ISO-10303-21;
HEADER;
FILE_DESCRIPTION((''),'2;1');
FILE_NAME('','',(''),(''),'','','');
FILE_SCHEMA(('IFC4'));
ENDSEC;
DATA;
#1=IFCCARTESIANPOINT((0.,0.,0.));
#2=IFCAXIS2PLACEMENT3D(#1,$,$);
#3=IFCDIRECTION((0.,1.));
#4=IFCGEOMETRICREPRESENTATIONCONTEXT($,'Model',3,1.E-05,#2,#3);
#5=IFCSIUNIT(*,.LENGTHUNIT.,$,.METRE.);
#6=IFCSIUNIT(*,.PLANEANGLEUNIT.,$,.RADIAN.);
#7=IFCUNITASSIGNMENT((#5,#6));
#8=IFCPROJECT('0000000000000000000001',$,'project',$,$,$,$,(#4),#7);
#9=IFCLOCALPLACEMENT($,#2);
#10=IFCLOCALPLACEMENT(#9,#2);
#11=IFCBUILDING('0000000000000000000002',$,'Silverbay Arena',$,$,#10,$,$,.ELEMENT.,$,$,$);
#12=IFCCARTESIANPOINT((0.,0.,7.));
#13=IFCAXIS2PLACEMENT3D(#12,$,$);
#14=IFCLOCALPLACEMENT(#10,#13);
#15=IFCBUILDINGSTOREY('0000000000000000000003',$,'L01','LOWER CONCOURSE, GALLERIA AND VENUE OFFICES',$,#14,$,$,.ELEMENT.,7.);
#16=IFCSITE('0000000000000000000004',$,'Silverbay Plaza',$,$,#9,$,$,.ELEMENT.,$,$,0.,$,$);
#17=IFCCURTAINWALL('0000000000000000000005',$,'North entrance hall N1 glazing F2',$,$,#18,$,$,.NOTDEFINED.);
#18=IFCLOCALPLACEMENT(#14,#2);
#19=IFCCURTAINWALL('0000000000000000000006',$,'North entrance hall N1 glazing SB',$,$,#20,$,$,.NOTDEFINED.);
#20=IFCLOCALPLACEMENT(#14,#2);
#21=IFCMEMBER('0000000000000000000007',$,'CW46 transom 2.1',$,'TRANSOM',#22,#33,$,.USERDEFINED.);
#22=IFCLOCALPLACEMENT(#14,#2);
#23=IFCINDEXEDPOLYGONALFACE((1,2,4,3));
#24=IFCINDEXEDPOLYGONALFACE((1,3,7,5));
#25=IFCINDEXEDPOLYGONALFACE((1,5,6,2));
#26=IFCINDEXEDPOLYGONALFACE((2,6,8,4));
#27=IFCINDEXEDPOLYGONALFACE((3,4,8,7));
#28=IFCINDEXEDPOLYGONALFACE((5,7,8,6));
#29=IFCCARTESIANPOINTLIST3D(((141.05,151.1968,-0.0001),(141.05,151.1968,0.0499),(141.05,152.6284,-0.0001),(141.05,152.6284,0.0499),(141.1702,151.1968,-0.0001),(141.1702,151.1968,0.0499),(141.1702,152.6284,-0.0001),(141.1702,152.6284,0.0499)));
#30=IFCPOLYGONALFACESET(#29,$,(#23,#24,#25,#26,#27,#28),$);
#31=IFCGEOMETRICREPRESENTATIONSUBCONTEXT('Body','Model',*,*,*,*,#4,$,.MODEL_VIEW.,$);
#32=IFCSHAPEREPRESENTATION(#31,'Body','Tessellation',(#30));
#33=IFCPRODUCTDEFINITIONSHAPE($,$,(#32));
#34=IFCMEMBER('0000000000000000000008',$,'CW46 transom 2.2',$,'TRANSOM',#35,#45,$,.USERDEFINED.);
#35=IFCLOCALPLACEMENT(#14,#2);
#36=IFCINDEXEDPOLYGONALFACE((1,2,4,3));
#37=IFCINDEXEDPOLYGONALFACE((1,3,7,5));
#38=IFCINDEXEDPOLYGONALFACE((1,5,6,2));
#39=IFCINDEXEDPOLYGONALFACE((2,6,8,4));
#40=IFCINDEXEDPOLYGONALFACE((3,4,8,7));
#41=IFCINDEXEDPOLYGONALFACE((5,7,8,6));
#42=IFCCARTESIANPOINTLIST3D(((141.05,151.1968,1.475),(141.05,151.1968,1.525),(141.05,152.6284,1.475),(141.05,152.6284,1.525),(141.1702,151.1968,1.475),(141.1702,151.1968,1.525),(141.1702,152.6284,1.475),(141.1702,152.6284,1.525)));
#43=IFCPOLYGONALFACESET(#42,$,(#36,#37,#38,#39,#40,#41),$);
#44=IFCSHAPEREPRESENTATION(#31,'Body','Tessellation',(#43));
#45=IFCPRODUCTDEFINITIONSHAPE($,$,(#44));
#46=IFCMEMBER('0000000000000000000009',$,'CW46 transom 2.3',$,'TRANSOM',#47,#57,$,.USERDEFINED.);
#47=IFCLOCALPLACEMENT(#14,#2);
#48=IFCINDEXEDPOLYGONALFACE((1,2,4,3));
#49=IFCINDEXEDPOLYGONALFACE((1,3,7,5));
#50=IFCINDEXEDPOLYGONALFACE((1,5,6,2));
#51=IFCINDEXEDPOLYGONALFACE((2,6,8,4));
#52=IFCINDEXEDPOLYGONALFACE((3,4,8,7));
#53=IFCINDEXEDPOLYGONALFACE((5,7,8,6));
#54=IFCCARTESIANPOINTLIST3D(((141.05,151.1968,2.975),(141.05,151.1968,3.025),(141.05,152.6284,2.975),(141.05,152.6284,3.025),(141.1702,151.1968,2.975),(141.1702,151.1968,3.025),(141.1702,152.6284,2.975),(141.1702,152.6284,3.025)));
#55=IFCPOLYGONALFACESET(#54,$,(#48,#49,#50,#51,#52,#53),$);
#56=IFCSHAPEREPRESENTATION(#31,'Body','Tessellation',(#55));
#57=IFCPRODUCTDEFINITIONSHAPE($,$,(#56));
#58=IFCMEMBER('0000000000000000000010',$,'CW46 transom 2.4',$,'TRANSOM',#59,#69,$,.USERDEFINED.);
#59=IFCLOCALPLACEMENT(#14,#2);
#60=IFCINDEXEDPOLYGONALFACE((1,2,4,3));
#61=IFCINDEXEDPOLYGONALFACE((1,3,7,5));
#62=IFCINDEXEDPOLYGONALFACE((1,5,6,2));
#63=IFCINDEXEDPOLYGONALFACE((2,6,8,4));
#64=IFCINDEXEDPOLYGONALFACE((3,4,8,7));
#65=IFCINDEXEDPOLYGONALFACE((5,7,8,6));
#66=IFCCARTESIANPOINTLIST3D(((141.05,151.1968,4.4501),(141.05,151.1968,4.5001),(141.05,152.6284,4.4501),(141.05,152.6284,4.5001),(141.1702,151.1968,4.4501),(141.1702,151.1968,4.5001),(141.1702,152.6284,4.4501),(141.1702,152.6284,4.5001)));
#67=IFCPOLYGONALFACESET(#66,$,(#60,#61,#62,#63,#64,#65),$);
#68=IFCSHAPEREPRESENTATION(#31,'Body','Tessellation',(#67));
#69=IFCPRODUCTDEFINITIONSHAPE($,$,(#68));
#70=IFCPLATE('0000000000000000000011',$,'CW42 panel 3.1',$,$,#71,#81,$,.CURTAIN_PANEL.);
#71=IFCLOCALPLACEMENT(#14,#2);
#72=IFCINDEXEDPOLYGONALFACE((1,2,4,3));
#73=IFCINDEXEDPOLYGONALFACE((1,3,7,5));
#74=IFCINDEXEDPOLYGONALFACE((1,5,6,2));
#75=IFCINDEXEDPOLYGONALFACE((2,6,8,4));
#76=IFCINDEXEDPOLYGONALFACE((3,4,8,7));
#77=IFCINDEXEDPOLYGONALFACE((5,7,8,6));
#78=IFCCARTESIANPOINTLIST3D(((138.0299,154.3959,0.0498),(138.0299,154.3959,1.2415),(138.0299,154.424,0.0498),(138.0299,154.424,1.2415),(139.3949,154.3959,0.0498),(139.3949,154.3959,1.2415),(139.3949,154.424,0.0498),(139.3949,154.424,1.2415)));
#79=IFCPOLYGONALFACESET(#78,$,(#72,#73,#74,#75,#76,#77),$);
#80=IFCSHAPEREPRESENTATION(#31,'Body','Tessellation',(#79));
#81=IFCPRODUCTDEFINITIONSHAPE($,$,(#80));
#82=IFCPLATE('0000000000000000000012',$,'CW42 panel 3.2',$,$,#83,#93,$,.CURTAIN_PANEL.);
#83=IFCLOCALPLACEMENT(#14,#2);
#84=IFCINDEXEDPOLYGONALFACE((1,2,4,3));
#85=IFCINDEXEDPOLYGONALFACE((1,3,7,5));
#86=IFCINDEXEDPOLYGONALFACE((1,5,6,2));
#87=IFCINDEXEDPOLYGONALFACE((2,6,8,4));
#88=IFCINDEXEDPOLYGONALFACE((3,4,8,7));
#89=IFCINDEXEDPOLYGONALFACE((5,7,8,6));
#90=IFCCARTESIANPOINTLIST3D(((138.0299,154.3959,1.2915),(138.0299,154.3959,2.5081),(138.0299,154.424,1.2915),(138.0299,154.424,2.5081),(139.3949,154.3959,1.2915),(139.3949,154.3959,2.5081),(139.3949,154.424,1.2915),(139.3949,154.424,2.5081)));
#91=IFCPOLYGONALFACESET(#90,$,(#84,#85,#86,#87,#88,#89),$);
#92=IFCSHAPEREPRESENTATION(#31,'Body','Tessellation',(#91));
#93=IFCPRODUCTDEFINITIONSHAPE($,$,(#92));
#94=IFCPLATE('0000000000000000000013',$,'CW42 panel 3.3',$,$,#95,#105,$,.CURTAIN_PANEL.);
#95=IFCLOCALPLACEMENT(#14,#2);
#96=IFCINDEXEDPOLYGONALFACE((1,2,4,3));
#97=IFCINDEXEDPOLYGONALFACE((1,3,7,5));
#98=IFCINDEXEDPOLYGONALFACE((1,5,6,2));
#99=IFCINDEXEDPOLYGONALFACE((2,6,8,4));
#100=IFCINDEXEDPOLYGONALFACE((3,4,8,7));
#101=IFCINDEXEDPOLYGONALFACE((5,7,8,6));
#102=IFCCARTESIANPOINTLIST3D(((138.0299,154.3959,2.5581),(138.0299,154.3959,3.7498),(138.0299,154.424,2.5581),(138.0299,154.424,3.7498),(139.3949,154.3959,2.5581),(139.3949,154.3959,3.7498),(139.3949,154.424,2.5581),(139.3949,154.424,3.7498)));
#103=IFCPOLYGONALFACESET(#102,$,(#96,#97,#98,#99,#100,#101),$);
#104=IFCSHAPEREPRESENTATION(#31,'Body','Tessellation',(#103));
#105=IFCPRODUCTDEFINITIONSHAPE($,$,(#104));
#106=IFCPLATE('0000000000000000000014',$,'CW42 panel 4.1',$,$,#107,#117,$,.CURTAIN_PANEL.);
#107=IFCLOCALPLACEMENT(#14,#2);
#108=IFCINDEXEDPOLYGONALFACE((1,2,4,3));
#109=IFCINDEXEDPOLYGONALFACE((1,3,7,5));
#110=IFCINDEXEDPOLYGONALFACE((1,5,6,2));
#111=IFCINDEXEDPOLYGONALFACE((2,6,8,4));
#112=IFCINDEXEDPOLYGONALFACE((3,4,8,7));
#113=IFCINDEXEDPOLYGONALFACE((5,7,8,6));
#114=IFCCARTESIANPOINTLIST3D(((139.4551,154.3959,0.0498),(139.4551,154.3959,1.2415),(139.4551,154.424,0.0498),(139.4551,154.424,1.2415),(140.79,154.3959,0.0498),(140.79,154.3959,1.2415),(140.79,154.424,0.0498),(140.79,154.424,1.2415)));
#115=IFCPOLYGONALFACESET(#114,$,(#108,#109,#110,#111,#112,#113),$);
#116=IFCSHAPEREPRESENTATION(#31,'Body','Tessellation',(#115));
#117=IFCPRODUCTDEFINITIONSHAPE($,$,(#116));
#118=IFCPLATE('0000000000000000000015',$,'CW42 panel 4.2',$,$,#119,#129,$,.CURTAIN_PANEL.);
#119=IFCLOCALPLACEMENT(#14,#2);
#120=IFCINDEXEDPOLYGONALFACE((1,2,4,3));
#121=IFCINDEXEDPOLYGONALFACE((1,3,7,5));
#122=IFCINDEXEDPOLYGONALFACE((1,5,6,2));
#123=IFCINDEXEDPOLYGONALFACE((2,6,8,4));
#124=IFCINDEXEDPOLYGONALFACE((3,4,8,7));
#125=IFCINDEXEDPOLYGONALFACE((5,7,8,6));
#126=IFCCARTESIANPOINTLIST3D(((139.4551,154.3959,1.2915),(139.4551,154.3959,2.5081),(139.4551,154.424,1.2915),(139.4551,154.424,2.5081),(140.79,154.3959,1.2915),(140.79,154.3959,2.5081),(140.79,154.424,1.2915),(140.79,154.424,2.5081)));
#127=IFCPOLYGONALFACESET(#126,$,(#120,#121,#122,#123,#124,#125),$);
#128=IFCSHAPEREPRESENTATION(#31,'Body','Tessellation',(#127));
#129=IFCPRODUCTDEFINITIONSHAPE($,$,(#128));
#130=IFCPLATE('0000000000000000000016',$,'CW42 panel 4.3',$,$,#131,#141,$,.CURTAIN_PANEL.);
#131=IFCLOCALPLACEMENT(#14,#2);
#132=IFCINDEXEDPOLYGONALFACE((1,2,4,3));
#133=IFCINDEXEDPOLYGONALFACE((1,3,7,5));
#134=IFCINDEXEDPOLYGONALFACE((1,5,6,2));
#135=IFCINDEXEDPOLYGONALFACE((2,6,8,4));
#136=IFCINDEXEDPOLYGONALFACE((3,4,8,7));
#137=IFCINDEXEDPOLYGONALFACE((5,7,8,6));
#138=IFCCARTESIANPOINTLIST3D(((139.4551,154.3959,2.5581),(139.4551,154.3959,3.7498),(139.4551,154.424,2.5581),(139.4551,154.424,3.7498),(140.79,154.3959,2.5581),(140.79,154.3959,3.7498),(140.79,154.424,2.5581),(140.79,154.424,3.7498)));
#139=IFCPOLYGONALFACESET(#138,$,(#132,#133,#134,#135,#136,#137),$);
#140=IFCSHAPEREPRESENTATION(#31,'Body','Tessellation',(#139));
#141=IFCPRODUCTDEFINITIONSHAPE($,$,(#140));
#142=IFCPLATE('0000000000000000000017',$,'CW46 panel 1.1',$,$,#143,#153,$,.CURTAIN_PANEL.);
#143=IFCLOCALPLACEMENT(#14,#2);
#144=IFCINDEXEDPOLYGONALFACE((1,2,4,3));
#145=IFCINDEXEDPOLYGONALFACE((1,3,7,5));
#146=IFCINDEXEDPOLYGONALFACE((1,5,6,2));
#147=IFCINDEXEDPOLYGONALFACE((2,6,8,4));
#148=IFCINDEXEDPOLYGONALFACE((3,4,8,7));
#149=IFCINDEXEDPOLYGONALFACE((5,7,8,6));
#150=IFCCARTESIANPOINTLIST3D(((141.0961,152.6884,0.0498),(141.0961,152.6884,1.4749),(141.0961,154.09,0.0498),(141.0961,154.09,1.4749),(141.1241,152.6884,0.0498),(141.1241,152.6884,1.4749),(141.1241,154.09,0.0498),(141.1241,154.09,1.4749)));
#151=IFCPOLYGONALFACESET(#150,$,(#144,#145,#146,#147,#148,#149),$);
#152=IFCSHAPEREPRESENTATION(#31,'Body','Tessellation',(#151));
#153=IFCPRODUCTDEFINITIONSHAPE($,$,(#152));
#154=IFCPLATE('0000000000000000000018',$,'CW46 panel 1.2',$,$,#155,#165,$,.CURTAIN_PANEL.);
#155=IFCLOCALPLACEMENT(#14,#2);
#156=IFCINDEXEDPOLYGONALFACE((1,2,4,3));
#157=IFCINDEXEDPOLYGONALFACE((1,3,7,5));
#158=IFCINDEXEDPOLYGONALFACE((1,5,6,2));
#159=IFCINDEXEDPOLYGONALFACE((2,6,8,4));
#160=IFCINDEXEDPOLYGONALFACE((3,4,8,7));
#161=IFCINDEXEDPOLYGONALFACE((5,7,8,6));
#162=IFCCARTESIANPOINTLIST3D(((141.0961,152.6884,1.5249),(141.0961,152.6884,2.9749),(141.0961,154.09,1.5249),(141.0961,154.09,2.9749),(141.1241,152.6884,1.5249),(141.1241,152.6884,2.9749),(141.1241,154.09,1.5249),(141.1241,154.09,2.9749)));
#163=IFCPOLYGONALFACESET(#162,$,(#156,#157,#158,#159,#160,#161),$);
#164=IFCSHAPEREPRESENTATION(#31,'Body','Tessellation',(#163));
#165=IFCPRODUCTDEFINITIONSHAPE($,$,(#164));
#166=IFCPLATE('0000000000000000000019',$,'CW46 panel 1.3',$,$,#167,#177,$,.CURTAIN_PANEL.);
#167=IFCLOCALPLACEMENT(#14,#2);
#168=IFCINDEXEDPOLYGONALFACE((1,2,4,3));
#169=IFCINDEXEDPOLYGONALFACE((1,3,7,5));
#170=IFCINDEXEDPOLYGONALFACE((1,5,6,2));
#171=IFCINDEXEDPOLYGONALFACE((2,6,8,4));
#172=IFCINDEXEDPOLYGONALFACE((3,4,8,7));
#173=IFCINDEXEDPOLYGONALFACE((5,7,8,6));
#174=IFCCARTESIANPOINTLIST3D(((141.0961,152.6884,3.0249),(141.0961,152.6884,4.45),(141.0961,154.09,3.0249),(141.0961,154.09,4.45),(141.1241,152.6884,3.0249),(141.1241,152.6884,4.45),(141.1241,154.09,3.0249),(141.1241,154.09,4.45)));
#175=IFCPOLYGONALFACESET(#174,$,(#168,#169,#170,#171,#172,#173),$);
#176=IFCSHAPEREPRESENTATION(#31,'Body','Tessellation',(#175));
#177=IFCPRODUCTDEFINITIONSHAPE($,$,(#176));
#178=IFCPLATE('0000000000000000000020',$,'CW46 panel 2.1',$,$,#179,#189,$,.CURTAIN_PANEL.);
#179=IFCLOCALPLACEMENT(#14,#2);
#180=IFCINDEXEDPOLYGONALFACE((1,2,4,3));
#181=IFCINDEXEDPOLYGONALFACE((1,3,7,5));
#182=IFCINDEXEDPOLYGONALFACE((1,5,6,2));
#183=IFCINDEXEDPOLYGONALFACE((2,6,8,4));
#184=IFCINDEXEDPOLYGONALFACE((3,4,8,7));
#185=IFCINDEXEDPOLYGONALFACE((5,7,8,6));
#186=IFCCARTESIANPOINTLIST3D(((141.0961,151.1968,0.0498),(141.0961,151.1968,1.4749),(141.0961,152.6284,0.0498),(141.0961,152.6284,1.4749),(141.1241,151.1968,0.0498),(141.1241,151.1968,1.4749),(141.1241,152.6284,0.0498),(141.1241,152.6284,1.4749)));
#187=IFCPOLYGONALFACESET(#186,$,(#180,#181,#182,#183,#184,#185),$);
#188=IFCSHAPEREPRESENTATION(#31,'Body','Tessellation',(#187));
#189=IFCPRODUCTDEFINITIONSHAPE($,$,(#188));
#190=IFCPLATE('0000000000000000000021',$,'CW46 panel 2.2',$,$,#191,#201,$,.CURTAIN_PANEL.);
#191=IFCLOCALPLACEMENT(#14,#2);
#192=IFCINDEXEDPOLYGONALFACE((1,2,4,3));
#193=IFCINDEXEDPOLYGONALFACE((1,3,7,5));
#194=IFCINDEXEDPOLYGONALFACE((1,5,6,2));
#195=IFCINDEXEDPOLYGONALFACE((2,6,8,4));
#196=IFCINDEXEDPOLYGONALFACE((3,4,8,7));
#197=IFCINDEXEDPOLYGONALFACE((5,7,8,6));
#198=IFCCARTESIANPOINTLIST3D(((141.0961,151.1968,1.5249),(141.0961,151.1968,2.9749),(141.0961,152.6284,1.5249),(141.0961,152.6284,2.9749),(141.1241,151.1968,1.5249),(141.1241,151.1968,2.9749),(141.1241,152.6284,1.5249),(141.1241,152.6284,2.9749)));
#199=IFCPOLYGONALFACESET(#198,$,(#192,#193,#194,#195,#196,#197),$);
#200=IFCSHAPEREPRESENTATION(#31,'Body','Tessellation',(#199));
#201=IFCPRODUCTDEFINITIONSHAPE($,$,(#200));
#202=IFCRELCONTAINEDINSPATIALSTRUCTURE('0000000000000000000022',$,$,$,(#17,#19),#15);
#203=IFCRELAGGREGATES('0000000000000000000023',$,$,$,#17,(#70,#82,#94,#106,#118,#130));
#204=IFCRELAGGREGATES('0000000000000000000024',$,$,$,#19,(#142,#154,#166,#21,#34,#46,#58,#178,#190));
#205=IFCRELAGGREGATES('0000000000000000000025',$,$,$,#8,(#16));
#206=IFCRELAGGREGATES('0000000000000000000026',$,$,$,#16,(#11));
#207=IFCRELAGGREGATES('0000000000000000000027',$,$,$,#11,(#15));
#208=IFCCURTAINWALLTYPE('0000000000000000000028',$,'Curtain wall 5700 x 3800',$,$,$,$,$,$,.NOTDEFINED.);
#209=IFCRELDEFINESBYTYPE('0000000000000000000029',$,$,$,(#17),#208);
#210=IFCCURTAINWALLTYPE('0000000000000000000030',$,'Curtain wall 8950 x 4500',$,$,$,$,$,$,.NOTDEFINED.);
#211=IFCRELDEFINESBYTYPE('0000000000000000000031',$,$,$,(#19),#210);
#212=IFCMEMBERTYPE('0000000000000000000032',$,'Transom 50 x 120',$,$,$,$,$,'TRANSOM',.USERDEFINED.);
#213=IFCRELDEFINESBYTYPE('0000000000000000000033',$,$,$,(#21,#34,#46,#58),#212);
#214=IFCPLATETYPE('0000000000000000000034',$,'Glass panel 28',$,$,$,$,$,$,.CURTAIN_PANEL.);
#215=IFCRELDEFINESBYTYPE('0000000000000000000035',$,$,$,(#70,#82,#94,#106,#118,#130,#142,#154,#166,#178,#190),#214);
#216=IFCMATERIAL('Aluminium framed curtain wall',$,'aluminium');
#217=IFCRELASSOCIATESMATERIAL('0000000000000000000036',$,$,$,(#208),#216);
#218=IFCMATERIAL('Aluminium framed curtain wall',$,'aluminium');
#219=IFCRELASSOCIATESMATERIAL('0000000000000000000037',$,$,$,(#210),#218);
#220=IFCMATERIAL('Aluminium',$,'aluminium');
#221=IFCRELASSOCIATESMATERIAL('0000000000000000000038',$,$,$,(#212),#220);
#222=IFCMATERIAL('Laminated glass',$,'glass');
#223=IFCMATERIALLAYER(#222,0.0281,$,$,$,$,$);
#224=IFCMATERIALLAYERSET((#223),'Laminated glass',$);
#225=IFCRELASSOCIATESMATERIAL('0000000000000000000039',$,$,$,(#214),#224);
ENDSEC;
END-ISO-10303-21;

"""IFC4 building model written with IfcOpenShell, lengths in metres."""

from ifc_helpers import new_model, si_unit, direction, frame, origin, origin_2d, place, context, subcontext, project, spatial, rectangle, extrude, material, layer, layer_set, material_profile, profile_set, type_object, element, aggregate, save


model = new_model("IFC4")

# Units and contexts
model_context = context("Model", 3, precision=1e-05, world=origin(), true_north=direction((0.0, 1.0)))
body_context = subcontext(model_context, "Body", "Model", "MODEL_VIEW")
ifc_project = project(units=[si_unit("LENGTHUNIT", "METRE"), si_unit("PLANEANGLEUNIT", "RADIAN")], contexts=[model_context])

# Site, building, storey
site_placement = place(None, origin())
site = spatial("IfcSite", under=ifc_project, at=site_placement, Name="Silverbay Plaza", CompositionType="ELEMENT", RefElevation=0.0)
building_placement = place(site_placement, origin())
building = spatial("IfcBuilding", under=site, at=building_placement, Name="Silverbay Arena", CompositionType="ELEMENT")
storey_placement = place(building_placement, frame((0.0, 0.0, 7.0)))
storey = spatial("IfcBuildingStorey", under=building, at=storey_placement, Name="L01", Description="LOWER CONCOURSE, GALLERIA AND VENUE OFFICES", CompositionType="ELEMENT", Elevation=7.0)

# Curtain walls
ifc_material_1 = material(Name="Aluminium framed curtain wall", Category="aluminium")
curtain_wall_type_1 = type_object("IfcCurtainWallType", Name="Curtain wall 5700 x 3800", PredefinedType="NOTDEFINED", material=ifc_material_1)
curtain_wall_1_placement = place(storey_placement, origin())
curtain_wall_1 = element("IfcCurtainWall", 1, at=curtain_wall_1_placement, inside=storey, type_object=curtain_wall_type_1, Name="North entrance hall N1 glazing F2", PredefinedType="NOTDEFINED")
ifc_material_2 = material(Name="Aluminium framed curtain wall", Category="aluminium")
curtain_wall_type_2 = type_object("IfcCurtainWallType", Name="Curtain wall 8950 x 4500", PredefinedType="NOTDEFINED", material=ifc_material_2)
curtain_wall_2_placement = place(storey_placement, origin())
curtain_wall_2 = element("IfcCurtainWall", 2, at=curtain_wall_2_placement, inside=storey, type_object=curtain_wall_type_2, Name="North entrance hall N1 glazing SB", PredefinedType="NOTDEFINED")

# Members
ifc_material_3 = material(Name="Aluminium", Category="aluminium")
ifc_material_profile_1 = material_profile(ifc_material_3, rectangle(XDim=0.1201, YDim=0.05, at=origin_2d()), Name="Transom 50 x 120")
ifc_profile_set_1 = profile_set([ifc_material_profile_1], Name="Aluminium")
member_type_1 = type_object("IfcMemberType", Name="Transom 50 x 120", ElementType="TRANSOM", PredefinedType="USERDEFINED", material=ifc_profile_set_1)
member_1_placement = place(storey_placement, frame((141.1101, 152.6284, 0.0249), z_axis=(0.0, -1.0, 0.0), x_axis=(1.0, 0.0, 0.0)))
member_1 = element("IfcMember", 3, at=member_1_placement, type_object=member_type_1, Name="CW46 transom 2.1", ObjectType="TRANSOM", PredefinedType="USERDEFINED", context=body_context, shape_type="SweptSolid", body=[
    extrude(rectangle(XDim=0.1201, YDim=0.05, at=origin_2d()), origin(), (0.0, 0.0, 1.0), 1.4316),
])
member_2_placement = place(storey_placement, frame((141.1101, 152.6284, 1.5), z_axis=(0.0, -1.0, 0.0), x_axis=(1.0, 0.0, 0.0)))
member_2 = element("IfcMember", 4, at=member_2_placement, type_object=member_type_1, Name="CW46 transom 2.2", ObjectType="TRANSOM", PredefinedType="USERDEFINED", context=body_context, shape_type="SweptSolid", body=[
    extrude(rectangle(XDim=0.1201, YDim=0.05, at=origin_2d()), origin(), (0.0, 0.0, 1.0), 1.4316),
])
member_3_placement = place(storey_placement, frame((141.1101, 152.6284, 3.0), z_axis=(0.0, -1.0, 0.0), x_axis=(1.0, 0.0, 0.0)))
member_3 = element("IfcMember", 5, at=member_3_placement, type_object=member_type_1, Name="CW46 transom 2.3", ObjectType="TRANSOM", PredefinedType="USERDEFINED", context=body_context, shape_type="SweptSolid", body=[
    extrude(rectangle(XDim=0.1201, YDim=0.05, at=origin_2d()), origin(), (0.0, 0.0, 1.0), 1.4316),
])
member_4_placement = place(storey_placement, frame((141.1101, 152.6284, 4.4751), z_axis=(0.0, -1.0, 0.0), x_axis=(1.0, 0.0, 0.0)))
member_4 = element("IfcMember", 6, at=member_4_placement, type_object=member_type_1, Name="CW46 transom 2.4", ObjectType="TRANSOM", PredefinedType="USERDEFINED", context=body_context, shape_type="SweptSolid", body=[
    extrude(rectangle(XDim=0.1201, YDim=0.05, at=origin_2d()), origin(), (0.0, 0.0, 1.0), 1.4316),
])

# Plates
ifc_material_4 = material(Name="Laminated glass", Category="glass")
ifc_layer = layer(ifc_material_4, 0.0281)
ifc_layer_set = layer_set([ifc_layer], Name="Laminated glass")
plate_type = type_object("IfcPlateType", Name="Glass panel 28", PredefinedType="CURTAIN_PANEL", material=ifc_layer_set)
plate_1_placement = place(storey_placement, frame((138.7124, 154.4099, 0.0498), z_axis=(0.0, 0.0, 1.0), x_axis=(1.0, 0.0, 0.0)))
plate_1 = element("IfcPlate", 7, at=plate_1_placement, type_object=plate_type, Name="CW42 panel 3.1", PredefinedType="CURTAIN_PANEL", context=body_context, shape_type="SweptSolid", body=[
    extrude(rectangle(XDim=1.365, YDim=0.0281, at=origin_2d()), origin(), (0.0, 0.0, 1.0), 1.1917),
])
plate_2_placement = place(storey_placement, frame((138.7124, 154.4099, 1.2915), z_axis=(0.0, 0.0, 1.0), x_axis=(1.0, 0.0, 0.0)))
plate_2 = element("IfcPlate", 8, at=plate_2_placement, type_object=plate_type, Name="CW42 panel 3.2", PredefinedType="CURTAIN_PANEL", context=body_context, shape_type="SweptSolid", body=[
    extrude(rectangle(XDim=1.365, YDim=0.0281, at=origin_2d()), origin(), (0.0, 0.0, 1.0), 1.2166),
])
plate_3_placement = place(storey_placement, frame((138.7124, 154.4099, 2.5581), z_axis=(0.0, 0.0, 1.0), x_axis=(1.0, 0.0, 0.0)))
plate_3 = element("IfcPlate", 9, at=plate_3_placement, type_object=plate_type, Name="CW42 panel 3.3", PredefinedType="CURTAIN_PANEL", context=body_context, shape_type="SweptSolid", body=[
    extrude(rectangle(XDim=1.365, YDim=0.0281, at=origin_2d()), origin(), (0.0, 0.0, 1.0), 1.1917),
])
plate_4_placement = place(storey_placement, frame((140.1226, 154.4099, 0.0498), z_axis=(0.0, 0.0, 1.0), x_axis=(1.0, 0.0, 0.0)))
plate_4 = element("IfcPlate", 10, at=plate_4_placement, type_object=plate_type, Name="CW42 panel 4.1", PredefinedType="CURTAIN_PANEL", context=body_context, shape_type="SweptSolid", body=[
    extrude(rectangle(XDim=1.335, YDim=0.0281, at=origin_2d()), origin(), (0.0, 0.0, 1.0), 1.1917),
])
plate_5_placement = place(storey_placement, frame((140.1226, 154.4099, 1.2915), z_axis=(0.0, 0.0, 1.0), x_axis=(1.0, 0.0, 0.0)))
plate_5 = element("IfcPlate", 11, at=plate_5_placement, type_object=plate_type, Name="CW42 panel 4.2", PredefinedType="CURTAIN_PANEL", context=body_context, shape_type="SweptSolid", body=[
    extrude(rectangle(XDim=1.335, YDim=0.0281, at=origin_2d()), origin(), (0.0, 0.0, 1.0), 1.2166),
])
plate_6_placement = place(storey_placement, frame((140.1226, 154.4099, 2.5581), z_axis=(0.0, 0.0, 1.0), x_axis=(1.0, 0.0, 0.0)))
plate_6 = element("IfcPlate", 12, at=plate_6_placement, type_object=plate_type, Name="CW42 panel 4.3", PredefinedType="CURTAIN_PANEL", context=body_context, shape_type="SweptSolid", body=[
    extrude(rectangle(XDim=1.335, YDim=0.0281, at=origin_2d()), origin(), (0.0, 0.0, 1.0), 1.1917),
])
aggregate(curtain_wall_1, [plate_1, plate_2, plate_3, plate_4, plate_5, plate_6])
plate_7_placement = place(storey_placement, frame((141.1101, 153.3892, 0.0498), z_axis=(0.0, 0.0, 1.0), x_axis=(0.0, -1.0, 0.0)))
plate_7 = element("IfcPlate", 13, at=plate_7_placement, type_object=plate_type, Name="CW46 panel 1.1", PredefinedType="CURTAIN_PANEL", context=body_context, shape_type="SweptSolid", body=[
    extrude(rectangle(XDim=1.4016, YDim=0.0281, at=origin_2d()), origin(), (0.0, 0.0, 1.0), 1.425),
])
plate_8_placement = place(storey_placement, frame((141.1101, 153.3892, 1.5249), z_axis=(0.0, 0.0, 1.0), x_axis=(0.0, -1.0, 0.0)))
plate_8 = element("IfcPlate", 14, at=plate_8_placement, type_object=plate_type, Name="CW46 panel 1.2", PredefinedType="CURTAIN_PANEL", context=body_context, shape_type="SweptSolid", body=[
    extrude(rectangle(XDim=1.4016, YDim=0.0281, at=origin_2d()), origin(), (0.0, 0.0, 1.0), 1.45),
])
plate_9_placement = place(storey_placement, frame((141.1101, 153.3892, 3.0249), z_axis=(0.0, 0.0, 1.0), x_axis=(0.0, -1.0, 0.0)))
plate_9 = element("IfcPlate", 15, at=plate_9_placement, type_object=plate_type, Name="CW46 panel 1.3", PredefinedType="CURTAIN_PANEL", context=body_context, shape_type="SweptSolid", body=[
    extrude(rectangle(XDim=1.4016, YDim=0.0281, at=origin_2d()), origin(), (0.0, 0.0, 1.0), 1.425),
])
plate_10_placement = place(storey_placement, frame((141.1101, 151.9126, 0.0498), z_axis=(0.0, 0.0, 1.0), x_axis=(0.0, -1.0, 0.0)))
plate_10 = element("IfcPlate", 16, at=plate_10_placement, type_object=plate_type, Name="CW46 panel 2.1", PredefinedType="CURTAIN_PANEL", context=body_context, shape_type="SweptSolid", body=[
    extrude(rectangle(XDim=1.4316, YDim=0.0281, at=origin_2d()), origin(), (0.0, 0.0, 1.0), 1.425),
])
plate_11_placement = place(storey_placement, frame((141.1101, 151.9126, 1.5249), z_axis=(0.0, 0.0, 1.0), x_axis=(0.0, -1.0, 0.0)))
plate_11 = element("IfcPlate", 17, at=plate_11_placement, type_object=plate_type, Name="CW46 panel 2.2", PredefinedType="CURTAIN_PANEL", context=body_context, shape_type="SweptSolid", body=[
    extrude(rectangle(XDim=1.4316, YDim=0.0281, at=origin_2d()), origin(), (0.0, 0.0, 1.0), 1.45),
])
aggregate(curtain_wall_2, [plate_7, plate_8, plate_9, member_1, member_2, member_3, member_4, plate_10, plate_11])

save(model, "model.ifc")
